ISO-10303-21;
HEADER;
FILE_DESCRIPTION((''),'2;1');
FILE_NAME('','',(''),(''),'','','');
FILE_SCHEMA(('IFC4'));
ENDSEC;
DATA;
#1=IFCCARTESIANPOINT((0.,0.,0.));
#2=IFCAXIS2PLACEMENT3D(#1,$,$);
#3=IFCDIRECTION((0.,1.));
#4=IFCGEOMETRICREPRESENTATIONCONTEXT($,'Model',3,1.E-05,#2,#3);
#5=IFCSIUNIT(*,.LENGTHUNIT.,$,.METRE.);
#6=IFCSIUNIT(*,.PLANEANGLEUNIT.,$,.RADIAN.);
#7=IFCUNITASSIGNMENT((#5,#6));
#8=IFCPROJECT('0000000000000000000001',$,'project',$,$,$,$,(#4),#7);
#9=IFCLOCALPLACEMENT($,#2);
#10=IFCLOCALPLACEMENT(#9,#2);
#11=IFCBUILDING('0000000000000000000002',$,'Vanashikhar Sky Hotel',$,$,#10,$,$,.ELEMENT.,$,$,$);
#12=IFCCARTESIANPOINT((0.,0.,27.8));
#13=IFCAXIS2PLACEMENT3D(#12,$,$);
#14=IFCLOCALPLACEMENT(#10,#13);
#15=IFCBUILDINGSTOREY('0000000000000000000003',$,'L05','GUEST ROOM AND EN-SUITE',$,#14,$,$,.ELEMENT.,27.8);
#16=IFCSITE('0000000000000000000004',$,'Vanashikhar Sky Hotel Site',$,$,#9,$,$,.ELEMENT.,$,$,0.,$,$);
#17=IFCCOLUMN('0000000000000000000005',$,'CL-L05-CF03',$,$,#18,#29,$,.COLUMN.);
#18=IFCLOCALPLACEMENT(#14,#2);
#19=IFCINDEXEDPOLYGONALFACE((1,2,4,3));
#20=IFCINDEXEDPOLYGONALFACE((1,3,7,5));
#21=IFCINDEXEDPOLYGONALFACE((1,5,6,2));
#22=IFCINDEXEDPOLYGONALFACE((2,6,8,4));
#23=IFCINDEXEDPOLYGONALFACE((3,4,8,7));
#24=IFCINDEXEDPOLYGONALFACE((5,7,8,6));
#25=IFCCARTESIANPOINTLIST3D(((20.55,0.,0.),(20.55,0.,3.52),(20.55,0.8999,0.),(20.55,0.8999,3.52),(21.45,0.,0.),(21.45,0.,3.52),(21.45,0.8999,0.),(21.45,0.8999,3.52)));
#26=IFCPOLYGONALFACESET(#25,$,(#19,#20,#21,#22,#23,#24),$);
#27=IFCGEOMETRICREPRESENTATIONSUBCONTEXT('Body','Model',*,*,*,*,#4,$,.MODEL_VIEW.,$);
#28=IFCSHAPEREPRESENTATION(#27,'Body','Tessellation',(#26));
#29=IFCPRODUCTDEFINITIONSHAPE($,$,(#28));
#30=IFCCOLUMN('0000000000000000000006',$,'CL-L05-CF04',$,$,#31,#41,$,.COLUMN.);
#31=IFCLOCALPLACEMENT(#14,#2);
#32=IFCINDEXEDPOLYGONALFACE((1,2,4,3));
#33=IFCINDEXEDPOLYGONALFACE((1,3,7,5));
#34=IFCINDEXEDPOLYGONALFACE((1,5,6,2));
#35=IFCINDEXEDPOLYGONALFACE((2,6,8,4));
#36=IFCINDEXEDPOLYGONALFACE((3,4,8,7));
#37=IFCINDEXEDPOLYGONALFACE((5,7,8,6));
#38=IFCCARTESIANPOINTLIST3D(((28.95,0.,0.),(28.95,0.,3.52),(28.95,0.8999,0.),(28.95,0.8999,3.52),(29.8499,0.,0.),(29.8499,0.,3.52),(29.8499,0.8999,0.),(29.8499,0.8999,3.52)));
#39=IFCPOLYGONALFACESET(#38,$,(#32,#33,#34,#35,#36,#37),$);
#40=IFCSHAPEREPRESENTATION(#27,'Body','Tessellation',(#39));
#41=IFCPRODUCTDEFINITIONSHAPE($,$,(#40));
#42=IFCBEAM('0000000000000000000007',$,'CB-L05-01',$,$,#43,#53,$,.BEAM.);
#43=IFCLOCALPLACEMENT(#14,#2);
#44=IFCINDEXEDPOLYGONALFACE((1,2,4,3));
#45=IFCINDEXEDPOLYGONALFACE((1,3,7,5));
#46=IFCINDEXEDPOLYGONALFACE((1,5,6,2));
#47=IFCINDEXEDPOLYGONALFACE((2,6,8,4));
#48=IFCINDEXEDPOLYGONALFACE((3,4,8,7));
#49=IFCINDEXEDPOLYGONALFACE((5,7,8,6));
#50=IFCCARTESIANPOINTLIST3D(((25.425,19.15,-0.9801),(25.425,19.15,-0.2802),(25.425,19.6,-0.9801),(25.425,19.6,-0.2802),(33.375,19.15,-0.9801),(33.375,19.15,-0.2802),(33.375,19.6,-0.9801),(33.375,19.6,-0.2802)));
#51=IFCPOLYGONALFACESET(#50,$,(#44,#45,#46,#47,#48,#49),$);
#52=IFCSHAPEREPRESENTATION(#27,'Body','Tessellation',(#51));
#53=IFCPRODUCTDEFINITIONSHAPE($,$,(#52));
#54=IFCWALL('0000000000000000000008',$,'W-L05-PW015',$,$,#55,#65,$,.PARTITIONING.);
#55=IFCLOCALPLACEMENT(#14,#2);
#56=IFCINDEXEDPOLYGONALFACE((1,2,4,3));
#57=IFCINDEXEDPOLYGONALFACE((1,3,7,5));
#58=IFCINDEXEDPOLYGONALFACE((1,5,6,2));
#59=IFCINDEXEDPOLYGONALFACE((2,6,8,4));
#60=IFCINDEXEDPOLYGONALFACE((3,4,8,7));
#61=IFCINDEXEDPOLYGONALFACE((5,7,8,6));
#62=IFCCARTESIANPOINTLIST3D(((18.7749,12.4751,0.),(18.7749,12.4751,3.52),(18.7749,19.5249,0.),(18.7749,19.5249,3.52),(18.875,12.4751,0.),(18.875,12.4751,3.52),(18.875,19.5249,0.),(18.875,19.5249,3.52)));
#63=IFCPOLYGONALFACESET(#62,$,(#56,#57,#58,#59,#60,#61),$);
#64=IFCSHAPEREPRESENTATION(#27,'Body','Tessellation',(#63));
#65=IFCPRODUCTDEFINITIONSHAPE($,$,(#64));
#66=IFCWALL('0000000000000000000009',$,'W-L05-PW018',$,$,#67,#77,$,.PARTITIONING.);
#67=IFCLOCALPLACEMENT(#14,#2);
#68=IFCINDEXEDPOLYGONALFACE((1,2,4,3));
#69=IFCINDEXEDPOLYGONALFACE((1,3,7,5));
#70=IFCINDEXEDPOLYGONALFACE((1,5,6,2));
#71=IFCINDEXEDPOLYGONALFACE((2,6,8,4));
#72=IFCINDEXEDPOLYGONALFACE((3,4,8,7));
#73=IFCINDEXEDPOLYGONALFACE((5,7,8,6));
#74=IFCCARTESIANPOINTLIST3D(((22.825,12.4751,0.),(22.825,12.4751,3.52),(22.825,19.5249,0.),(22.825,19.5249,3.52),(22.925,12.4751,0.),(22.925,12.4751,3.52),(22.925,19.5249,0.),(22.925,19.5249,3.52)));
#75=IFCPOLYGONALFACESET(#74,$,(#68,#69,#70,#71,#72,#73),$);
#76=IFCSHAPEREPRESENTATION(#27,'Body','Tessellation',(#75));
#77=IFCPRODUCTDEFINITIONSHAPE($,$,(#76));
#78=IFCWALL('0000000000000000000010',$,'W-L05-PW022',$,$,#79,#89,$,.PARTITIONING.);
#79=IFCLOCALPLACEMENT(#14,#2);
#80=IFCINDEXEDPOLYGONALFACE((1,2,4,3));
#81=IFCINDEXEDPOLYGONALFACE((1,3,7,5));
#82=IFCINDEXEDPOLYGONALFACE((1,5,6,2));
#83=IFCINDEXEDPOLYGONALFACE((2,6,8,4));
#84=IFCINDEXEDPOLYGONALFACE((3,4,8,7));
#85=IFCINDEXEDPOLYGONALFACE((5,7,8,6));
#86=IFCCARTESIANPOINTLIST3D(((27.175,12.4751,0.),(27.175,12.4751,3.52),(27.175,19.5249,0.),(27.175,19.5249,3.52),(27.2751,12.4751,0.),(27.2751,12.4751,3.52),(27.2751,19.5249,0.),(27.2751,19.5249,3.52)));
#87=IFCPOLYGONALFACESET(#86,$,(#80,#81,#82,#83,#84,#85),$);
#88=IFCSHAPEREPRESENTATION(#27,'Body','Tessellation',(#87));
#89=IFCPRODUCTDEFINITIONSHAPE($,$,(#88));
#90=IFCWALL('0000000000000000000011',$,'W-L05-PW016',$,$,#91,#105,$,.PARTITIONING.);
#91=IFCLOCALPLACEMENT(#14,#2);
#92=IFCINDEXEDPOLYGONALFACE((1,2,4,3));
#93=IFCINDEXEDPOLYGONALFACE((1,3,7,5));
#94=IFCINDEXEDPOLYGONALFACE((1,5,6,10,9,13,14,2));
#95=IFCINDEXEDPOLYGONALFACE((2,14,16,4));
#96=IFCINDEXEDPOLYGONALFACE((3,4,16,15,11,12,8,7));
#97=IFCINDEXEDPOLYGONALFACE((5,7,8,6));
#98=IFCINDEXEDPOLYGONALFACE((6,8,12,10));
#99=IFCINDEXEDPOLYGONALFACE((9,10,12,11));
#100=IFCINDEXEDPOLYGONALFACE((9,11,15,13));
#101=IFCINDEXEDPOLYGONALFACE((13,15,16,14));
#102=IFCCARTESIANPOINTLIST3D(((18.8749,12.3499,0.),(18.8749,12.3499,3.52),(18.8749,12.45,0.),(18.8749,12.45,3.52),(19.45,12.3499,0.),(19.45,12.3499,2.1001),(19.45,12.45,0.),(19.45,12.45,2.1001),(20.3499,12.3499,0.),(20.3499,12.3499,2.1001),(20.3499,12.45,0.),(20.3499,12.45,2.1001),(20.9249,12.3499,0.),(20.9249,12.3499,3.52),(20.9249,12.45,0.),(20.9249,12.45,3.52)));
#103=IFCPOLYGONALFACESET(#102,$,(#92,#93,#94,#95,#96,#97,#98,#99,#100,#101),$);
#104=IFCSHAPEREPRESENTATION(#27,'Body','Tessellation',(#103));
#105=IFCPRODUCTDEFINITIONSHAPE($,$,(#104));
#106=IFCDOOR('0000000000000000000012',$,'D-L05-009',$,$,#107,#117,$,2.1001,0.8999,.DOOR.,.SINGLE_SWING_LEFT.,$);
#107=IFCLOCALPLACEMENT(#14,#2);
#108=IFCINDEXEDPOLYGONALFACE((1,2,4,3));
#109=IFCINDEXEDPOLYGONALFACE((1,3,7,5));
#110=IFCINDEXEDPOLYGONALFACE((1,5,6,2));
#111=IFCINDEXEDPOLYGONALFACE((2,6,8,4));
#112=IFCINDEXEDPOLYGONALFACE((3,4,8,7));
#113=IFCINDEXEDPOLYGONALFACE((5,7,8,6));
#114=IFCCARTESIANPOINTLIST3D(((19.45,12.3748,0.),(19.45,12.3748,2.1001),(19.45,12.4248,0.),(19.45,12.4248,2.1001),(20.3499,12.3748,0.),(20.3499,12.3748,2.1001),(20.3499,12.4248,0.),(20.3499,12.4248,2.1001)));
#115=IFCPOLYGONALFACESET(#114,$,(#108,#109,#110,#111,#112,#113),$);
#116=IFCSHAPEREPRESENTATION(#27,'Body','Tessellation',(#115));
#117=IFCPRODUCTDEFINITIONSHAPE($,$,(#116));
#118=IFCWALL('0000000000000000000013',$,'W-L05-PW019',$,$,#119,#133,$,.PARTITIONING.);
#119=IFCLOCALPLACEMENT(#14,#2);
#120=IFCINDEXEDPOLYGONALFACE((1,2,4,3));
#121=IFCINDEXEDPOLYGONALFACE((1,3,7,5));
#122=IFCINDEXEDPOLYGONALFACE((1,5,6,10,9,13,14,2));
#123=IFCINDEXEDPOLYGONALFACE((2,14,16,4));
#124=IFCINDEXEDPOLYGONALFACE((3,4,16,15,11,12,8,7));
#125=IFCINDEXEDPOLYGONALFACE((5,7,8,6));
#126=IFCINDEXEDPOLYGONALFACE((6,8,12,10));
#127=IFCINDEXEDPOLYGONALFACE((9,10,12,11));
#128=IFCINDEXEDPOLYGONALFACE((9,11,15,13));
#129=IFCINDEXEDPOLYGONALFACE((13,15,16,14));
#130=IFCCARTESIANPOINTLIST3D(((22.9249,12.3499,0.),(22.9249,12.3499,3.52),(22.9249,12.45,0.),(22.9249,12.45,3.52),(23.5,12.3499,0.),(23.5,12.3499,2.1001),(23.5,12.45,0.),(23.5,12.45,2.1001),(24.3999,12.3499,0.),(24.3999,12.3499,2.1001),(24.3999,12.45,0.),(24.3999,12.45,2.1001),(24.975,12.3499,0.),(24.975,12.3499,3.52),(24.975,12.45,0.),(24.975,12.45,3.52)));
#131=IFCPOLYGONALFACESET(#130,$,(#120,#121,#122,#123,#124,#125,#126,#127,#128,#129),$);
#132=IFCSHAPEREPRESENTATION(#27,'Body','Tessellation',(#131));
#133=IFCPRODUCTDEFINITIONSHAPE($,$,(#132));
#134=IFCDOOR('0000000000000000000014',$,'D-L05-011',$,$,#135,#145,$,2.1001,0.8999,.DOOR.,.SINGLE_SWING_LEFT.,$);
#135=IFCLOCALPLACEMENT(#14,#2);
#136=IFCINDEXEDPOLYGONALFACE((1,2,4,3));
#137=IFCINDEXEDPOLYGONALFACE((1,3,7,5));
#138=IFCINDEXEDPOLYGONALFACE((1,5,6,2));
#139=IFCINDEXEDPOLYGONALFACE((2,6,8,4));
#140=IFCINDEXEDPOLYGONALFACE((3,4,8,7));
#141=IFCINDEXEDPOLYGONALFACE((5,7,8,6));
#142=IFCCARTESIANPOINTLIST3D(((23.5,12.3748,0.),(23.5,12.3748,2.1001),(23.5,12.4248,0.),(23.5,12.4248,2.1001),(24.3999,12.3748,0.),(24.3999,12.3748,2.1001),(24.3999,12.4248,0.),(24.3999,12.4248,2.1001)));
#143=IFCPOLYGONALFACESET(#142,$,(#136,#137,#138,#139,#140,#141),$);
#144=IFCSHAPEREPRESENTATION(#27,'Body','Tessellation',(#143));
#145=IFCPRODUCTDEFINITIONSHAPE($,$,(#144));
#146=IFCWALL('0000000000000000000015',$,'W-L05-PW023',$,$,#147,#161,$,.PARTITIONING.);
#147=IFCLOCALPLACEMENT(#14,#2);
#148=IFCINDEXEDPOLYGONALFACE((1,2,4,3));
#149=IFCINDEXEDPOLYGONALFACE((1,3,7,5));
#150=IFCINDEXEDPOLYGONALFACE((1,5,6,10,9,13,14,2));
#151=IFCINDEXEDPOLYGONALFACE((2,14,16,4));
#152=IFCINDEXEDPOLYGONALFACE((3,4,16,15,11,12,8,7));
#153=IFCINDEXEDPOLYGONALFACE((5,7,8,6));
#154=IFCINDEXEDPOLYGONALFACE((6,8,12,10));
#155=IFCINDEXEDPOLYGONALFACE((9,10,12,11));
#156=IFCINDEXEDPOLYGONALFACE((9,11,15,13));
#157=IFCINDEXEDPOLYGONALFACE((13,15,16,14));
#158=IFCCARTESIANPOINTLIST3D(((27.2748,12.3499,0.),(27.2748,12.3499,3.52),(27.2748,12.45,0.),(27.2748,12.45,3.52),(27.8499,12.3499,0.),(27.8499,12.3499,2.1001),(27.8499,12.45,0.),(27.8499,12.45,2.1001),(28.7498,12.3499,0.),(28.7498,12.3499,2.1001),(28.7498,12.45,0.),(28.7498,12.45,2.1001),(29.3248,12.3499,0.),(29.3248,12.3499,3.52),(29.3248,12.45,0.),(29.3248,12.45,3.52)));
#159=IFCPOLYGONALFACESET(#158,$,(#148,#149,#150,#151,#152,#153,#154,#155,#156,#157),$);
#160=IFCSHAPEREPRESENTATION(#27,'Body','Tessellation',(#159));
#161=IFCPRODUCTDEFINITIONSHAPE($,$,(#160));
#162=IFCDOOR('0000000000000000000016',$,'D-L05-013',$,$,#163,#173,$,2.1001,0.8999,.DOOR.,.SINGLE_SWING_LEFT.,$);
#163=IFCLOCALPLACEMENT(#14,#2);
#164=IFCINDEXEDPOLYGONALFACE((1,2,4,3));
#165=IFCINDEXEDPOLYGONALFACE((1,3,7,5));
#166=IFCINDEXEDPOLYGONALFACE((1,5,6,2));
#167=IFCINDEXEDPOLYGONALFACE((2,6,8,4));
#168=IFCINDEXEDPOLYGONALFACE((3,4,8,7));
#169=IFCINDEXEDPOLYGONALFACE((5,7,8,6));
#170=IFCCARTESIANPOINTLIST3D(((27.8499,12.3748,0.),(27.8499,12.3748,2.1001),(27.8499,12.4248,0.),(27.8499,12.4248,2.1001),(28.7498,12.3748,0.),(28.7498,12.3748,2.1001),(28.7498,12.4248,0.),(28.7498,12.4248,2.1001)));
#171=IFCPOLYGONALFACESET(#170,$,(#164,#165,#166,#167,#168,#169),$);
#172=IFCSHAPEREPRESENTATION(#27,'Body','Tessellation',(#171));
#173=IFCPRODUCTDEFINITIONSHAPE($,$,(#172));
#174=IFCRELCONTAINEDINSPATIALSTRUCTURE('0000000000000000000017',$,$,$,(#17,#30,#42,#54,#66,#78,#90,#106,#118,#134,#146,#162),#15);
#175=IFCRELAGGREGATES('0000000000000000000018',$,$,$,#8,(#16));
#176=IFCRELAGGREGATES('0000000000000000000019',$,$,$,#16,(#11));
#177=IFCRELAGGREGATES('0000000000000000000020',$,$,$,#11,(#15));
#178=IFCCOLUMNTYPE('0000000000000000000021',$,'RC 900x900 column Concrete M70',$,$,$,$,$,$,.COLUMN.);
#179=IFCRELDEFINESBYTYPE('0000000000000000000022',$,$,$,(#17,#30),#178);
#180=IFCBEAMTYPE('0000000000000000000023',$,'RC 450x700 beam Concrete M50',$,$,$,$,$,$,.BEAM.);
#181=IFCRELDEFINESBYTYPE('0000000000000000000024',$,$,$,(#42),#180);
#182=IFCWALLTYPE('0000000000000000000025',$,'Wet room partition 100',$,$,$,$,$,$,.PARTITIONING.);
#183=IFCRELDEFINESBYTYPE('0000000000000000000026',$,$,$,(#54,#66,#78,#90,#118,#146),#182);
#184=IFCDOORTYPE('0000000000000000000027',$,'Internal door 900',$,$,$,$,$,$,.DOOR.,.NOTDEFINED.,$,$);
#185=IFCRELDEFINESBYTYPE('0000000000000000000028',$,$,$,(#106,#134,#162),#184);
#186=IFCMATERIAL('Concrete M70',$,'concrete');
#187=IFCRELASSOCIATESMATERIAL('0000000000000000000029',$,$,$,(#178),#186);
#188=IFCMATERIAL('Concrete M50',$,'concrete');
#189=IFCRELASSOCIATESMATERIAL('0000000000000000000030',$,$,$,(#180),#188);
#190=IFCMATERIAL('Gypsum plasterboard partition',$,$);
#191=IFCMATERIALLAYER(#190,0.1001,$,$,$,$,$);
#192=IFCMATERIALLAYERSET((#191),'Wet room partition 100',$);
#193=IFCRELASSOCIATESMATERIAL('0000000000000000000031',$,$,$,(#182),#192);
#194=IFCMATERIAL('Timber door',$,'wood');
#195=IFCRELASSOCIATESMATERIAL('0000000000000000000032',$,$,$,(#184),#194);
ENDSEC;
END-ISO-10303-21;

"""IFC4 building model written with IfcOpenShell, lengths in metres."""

from ifc_helpers import new_model, si_unit, direction, frame, frame_2d, origin, origin_2d, place, context, subcontext, project, spatial, rectangle, extrude, source, transform, mapped, material, layer, layer_set, material_profile, profile_set, type_object, element, fill, save


model = new_model("IFC4")

# Units and contexts
model_context = context("Model", 3, precision=1e-05, world=origin(), true_north=direction((0.0, 1.0)))
body_context = subcontext(model_context, "Body", "Model", "MODEL_VIEW")
ifc_project = project(units=[si_unit("LENGTHUNIT", "METRE"), si_unit("PLANEANGLEUNIT", "RADIAN")], contexts=[model_context])

# Site, building, storey
site_placement = place(None, origin())
site = spatial("IfcSite", under=ifc_project, at=site_placement, Name="Vanashikhar Sky Hotel Site", CompositionType="ELEMENT", RefElevation=0.0)
building_placement = place(site_placement, origin())
building = spatial("IfcBuilding", under=site, at=building_placement, Name="Vanashikhar Sky Hotel", CompositionType="ELEMENT")
storey_placement = place(building_placement, frame((0.0, 0.0, 27.8)))
storey = spatial("IfcBuildingStorey", under=building, at=storey_placement, Name="L05", Description="GUEST ROOM AND EN-SUITE", CompositionType="ELEMENT", Elevation=27.8)

# Columns
ifc_material_1 = material(Name="Concrete M70", Category="concrete")
ifc_material_profile_1 = material_profile(ifc_material_1, rectangle(XDim=0.8999, YDim=0.8999, at=origin_2d()))
ifc_profile_set_1 = profile_set([ifc_material_profile_1], Name="RC 900x900 column Concrete M70")
column_type = type_object("IfcColumnType", Name="RC 900x900 column Concrete M70", PredefinedType="COLUMN", material=ifc_profile_set_1)
shared_shape_1 = source(origin(), body_context, "Body", "SweptSolid", [
    extrude(rectangle(XDim=0.8999, YDim=0.8999, at=origin_2d()), origin(), (0.0, 0.0, 1.0), 3.52),
])
for number, where, z_axis, x_axis, name in (
    (1, (21.0, 0.45, 0.0), (0.0, 0.0, 1.0), (1.0, 0.0, 0.0), "CL-L05-CF03"),
    (2, (29.3999, 0.45, 0.0), (0.0, 0.0, 1.0), (1.0, 0.0, 0.0), "CL-L05-CF04"),
):
    element("IfcColumn", number, at=place(storey_placement, frame(where, z_axis=z_axis, x_axis=x_axis)), inside=storey, type_object=column_type, Name=name, PredefinedType="COLUMN", context=body_context, shape_type="MappedRepresentation", body=[
        mapped(shared_shape_1, transform((0.0, 0.0, 0.0), scale=1.0)),
    ])

# Beam
ifc_material_2 = material(Name="Concrete M50", Category="concrete")
ifc_material_profile_2 = material_profile(ifc_material_2, rectangle(XDim=0.45, YDim=0.7, at=origin_2d()))
ifc_profile_set_2 = profile_set([ifc_material_profile_2], Name="RC 450x700 beam Concrete M50")
beam_type = type_object("IfcBeamType", Name="RC 450x700 beam Concrete M50", PredefinedType="BEAM", material=ifc_profile_set_2)
shared_shape_2 = source(origin(), body_context, "Body", "SweptSolid", [
    extrude(rectangle(XDim=0.45, YDim=0.7, at=origin_2d()), origin(), (0.0, 0.0, 1.0), 7.95),
])
beam_placement = place(storey_placement, frame((25.425, 19.375, -0.6301), z_axis=(1.0, 0.0, 0.0), x_axis=(0.0, 1.0, 0.0)))
element("IfcBeam", 3, at=beam_placement, inside=storey, type_object=beam_type, Name="CB-L05-01", PredefinedType="BEAM", context=body_context, shape_type="MappedRepresentation", body=[
    mapped(shared_shape_2, transform((0.0, 0.0, 0.0), scale=1.0)),
])

# Walls
ifc_material_3 = material(Name="Gypsum plasterboard partition")
ifc_layer_1 = layer(ifc_material_3, 0.1001)
ifc_layer_set_1 = layer_set([ifc_layer_1], Name="Wet room partition 100")
wall_type_1 = type_object("IfcWallType", Name="Wet room partition 100", PredefinedType="PARTITIONING", material=ifc_layer_set_1)
shared_shape_3 = source(origin(), body_context, "Body", "SweptSolid", [
    extrude(rectangle(XDim=7.0498, YDim=0.1001, at=frame_2d((3.5249, 0.0))), origin(), (0.0, 0.0, 1.0), 3.52),
])
for number, where, z_axis, x_axis, name in (
    (4, (18.825, 12.4751, 0.0), (0.0, 0.0, 1.0), (0.0, 1.0, 0.0), "W-L05-PW015"),
    (5, (22.875, 12.4751, 0.0), (0.0, 0.0, 1.0), (0.0, 1.0, 0.0), "W-L05-PW018"),
    (6, (27.2251, 12.4751, 0.0), (0.0, 0.0, 1.0), (0.0, 1.0, 0.0), "W-L05-PW022"),
):
    element("IfcWall", number, at=place(storey_placement, frame(where, z_axis=z_axis, x_axis=x_axis)), inside=storey, type_object=wall_type_1, Name=name, PredefinedType="PARTITIONING", context=body_context, shape_type="MappedRepresentation", body=[
        mapped(shared_shape_3, transform((0.0, 0.0, 0.0), scale=1.0)),
    ])

# Walls, openings, doors
shared_shape_4 = source(origin(), body_context, "Body", "SweptSolid", [
    extrude(rectangle(XDim=2.05, YDim=0.1001, at=frame_2d((1.0249, 0.0))), origin(), (0.0, 0.0, 1.0), 3.52),
])
wall_1_placement = place(storey_placement, frame((18.875, 12.3999, 0.0), z_axis=(0.0, 0.0, 1.0), x_axis=(1.0, 0.0, 0.0)))
wall_1 = element("IfcWall", 7, at=wall_1_placement, inside=storey, type_object=wall_type_1, Name="W-L05-PW016", PredefinedType="PARTITIONING", context=body_context, shape_type="MappedRepresentation", body=[
    mapped(shared_shape_4, transform((0.0, 0.0, 0.0), scale=1.0)),
])
shared_shape_5 = source(origin(), body_context, "Body", "SweptSolid", [
    extrude(rectangle(XDim=0.8999, YDim=2.1001, at=frame_2d((0.45, 1.05))), frame((0.0, 0.0601, 0.0), z_axis=(0.0, -1.0, 0.0), x_axis=(1.0, 0.0, 0.0)), (0.0, 0.0, 1.0), 0.1201),
])
opening_1_placement = place(wall_1_placement, frame((0.575, 0.0, 0.0)))
opening_1 = element("IfcOpeningElement", 8, at=opening_1_placement, cuts=wall_1, PredefinedType="OPENING", context=body_context, shape_type="MappedRepresentation", body=[
    mapped(shared_shape_5, transform((0.0, 0.0, 0.0), scale=1.0)),
])
ifc_material_4 = material(Name="Timber door", Category="wood")
door_type_1 = type_object("IfcDoorType", Name="Internal door 900", OperationType="NOTDEFINED", PredefinedType="DOOR", material=ifc_material_4)
shared_shape_6 = source(origin(), body_context, "Body", "SweptSolid", [
    extrude(rectangle(XDim=0.8999, YDim=2.1001, at=frame_2d((0.45, 1.05))), frame((0.0, 0.0249, 0.0), z_axis=(0.0, -1.0, 0.0), x_axis=(1.0, 0.0, 0.0)), (0.0, 0.0, 1.0), 0.05),
])
door_1_placement = place(opening_1_placement, origin())
door_1 = element("IfcDoor", 9, at=door_1_placement, inside=storey, type_object=door_type_1, Name="D-L05-009", OperationType="SINGLE_SWING_LEFT", OverallHeight=2.1001, OverallWidth=0.8999, PredefinedType="DOOR", context=body_context, shape_type="MappedRepresentation", body=[
    mapped(shared_shape_6, transform((0.0, 0.0, 0.0), scale=1.0)),
])
fill(opening_1, door_1)
wall_2_placement = place(storey_placement, frame((22.925, 12.3999, 0.0), z_axis=(0.0, 0.0, 1.0), x_axis=(1.0, 0.0, 0.0)))
wall_2 = element("IfcWall", 10, at=wall_2_placement, inside=storey, type_object=wall_type_1, Name="W-L05-PW019", PredefinedType="PARTITIONING", context=body_context, shape_type="MappedRepresentation", body=[
    mapped(shared_shape_4, transform((0.0, 0.0, 0.0), scale=1.0)),
])
opening_2_placement = place(wall_2_placement, frame((0.575, 0.0, 0.0)))
opening_2 = element("IfcOpeningElement", 11, at=opening_2_placement, cuts=wall_2, PredefinedType="OPENING", context=body_context, shape_type="MappedRepresentation", body=[
    mapped(shared_shape_5, transform((0.0, 0.0, 0.0), scale=1.0)),
])
door_2_placement = place(opening_2_placement, origin())
door_2 = element("IfcDoor", 12, at=door_2_placement, inside=storey, type_object=door_type_1, Name="D-L05-011", OperationType="SINGLE_SWING_LEFT", OverallHeight=2.1001, OverallWidth=0.8999, PredefinedType="DOOR", context=body_context, shape_type="MappedRepresentation", body=[
    mapped(shared_shape_6, transform((0.0, 0.0, 0.0), scale=1.0)),
])
fill(opening_2, door_2)
wall_3_placement = place(storey_placement, frame((27.2749, 12.3999, 0.0), z_axis=(0.0, 0.0, 1.0), x_axis=(1.0, 0.0, 0.0)))
wall_3 = element("IfcWall", 13, at=wall_3_placement, inside=storey, type_object=wall_type_1, Name="W-L05-PW023", PredefinedType="PARTITIONING", context=body_context, shape_type="MappedRepresentation", body=[
    mapped(shared_shape_4, transform((0.0, 0.0, 0.0), scale=1.0)),
])
opening_3_placement = place(wall_3_placement, frame((0.575, 0.0, 0.0)))
opening_3 = element("IfcOpeningElement", 14, at=opening_3_placement, cuts=wall_3, PredefinedType="OPENING", context=body_context, shape_type="MappedRepresentation", body=[
    mapped(shared_shape_5, transform((0.0, 0.0, 0.0), scale=1.0)),
])
door_3_placement = place(opening_3_placement, origin())
door_3 = element("IfcDoor", 15, at=door_3_placement, inside=storey, type_object=door_type_1, Name="D-L05-013", OperationType="SINGLE_SWING_LEFT", OverallHeight=2.1001, OverallWidth=0.8999, PredefinedType="DOOR", context=body_context, shape_type="MappedRepresentation", body=[
    mapped(shared_shape_6, transform((0.0, 0.0, 0.0), scale=1.0)),
])
fill(opening_3, door_3)

save(model, "model.ifc")
